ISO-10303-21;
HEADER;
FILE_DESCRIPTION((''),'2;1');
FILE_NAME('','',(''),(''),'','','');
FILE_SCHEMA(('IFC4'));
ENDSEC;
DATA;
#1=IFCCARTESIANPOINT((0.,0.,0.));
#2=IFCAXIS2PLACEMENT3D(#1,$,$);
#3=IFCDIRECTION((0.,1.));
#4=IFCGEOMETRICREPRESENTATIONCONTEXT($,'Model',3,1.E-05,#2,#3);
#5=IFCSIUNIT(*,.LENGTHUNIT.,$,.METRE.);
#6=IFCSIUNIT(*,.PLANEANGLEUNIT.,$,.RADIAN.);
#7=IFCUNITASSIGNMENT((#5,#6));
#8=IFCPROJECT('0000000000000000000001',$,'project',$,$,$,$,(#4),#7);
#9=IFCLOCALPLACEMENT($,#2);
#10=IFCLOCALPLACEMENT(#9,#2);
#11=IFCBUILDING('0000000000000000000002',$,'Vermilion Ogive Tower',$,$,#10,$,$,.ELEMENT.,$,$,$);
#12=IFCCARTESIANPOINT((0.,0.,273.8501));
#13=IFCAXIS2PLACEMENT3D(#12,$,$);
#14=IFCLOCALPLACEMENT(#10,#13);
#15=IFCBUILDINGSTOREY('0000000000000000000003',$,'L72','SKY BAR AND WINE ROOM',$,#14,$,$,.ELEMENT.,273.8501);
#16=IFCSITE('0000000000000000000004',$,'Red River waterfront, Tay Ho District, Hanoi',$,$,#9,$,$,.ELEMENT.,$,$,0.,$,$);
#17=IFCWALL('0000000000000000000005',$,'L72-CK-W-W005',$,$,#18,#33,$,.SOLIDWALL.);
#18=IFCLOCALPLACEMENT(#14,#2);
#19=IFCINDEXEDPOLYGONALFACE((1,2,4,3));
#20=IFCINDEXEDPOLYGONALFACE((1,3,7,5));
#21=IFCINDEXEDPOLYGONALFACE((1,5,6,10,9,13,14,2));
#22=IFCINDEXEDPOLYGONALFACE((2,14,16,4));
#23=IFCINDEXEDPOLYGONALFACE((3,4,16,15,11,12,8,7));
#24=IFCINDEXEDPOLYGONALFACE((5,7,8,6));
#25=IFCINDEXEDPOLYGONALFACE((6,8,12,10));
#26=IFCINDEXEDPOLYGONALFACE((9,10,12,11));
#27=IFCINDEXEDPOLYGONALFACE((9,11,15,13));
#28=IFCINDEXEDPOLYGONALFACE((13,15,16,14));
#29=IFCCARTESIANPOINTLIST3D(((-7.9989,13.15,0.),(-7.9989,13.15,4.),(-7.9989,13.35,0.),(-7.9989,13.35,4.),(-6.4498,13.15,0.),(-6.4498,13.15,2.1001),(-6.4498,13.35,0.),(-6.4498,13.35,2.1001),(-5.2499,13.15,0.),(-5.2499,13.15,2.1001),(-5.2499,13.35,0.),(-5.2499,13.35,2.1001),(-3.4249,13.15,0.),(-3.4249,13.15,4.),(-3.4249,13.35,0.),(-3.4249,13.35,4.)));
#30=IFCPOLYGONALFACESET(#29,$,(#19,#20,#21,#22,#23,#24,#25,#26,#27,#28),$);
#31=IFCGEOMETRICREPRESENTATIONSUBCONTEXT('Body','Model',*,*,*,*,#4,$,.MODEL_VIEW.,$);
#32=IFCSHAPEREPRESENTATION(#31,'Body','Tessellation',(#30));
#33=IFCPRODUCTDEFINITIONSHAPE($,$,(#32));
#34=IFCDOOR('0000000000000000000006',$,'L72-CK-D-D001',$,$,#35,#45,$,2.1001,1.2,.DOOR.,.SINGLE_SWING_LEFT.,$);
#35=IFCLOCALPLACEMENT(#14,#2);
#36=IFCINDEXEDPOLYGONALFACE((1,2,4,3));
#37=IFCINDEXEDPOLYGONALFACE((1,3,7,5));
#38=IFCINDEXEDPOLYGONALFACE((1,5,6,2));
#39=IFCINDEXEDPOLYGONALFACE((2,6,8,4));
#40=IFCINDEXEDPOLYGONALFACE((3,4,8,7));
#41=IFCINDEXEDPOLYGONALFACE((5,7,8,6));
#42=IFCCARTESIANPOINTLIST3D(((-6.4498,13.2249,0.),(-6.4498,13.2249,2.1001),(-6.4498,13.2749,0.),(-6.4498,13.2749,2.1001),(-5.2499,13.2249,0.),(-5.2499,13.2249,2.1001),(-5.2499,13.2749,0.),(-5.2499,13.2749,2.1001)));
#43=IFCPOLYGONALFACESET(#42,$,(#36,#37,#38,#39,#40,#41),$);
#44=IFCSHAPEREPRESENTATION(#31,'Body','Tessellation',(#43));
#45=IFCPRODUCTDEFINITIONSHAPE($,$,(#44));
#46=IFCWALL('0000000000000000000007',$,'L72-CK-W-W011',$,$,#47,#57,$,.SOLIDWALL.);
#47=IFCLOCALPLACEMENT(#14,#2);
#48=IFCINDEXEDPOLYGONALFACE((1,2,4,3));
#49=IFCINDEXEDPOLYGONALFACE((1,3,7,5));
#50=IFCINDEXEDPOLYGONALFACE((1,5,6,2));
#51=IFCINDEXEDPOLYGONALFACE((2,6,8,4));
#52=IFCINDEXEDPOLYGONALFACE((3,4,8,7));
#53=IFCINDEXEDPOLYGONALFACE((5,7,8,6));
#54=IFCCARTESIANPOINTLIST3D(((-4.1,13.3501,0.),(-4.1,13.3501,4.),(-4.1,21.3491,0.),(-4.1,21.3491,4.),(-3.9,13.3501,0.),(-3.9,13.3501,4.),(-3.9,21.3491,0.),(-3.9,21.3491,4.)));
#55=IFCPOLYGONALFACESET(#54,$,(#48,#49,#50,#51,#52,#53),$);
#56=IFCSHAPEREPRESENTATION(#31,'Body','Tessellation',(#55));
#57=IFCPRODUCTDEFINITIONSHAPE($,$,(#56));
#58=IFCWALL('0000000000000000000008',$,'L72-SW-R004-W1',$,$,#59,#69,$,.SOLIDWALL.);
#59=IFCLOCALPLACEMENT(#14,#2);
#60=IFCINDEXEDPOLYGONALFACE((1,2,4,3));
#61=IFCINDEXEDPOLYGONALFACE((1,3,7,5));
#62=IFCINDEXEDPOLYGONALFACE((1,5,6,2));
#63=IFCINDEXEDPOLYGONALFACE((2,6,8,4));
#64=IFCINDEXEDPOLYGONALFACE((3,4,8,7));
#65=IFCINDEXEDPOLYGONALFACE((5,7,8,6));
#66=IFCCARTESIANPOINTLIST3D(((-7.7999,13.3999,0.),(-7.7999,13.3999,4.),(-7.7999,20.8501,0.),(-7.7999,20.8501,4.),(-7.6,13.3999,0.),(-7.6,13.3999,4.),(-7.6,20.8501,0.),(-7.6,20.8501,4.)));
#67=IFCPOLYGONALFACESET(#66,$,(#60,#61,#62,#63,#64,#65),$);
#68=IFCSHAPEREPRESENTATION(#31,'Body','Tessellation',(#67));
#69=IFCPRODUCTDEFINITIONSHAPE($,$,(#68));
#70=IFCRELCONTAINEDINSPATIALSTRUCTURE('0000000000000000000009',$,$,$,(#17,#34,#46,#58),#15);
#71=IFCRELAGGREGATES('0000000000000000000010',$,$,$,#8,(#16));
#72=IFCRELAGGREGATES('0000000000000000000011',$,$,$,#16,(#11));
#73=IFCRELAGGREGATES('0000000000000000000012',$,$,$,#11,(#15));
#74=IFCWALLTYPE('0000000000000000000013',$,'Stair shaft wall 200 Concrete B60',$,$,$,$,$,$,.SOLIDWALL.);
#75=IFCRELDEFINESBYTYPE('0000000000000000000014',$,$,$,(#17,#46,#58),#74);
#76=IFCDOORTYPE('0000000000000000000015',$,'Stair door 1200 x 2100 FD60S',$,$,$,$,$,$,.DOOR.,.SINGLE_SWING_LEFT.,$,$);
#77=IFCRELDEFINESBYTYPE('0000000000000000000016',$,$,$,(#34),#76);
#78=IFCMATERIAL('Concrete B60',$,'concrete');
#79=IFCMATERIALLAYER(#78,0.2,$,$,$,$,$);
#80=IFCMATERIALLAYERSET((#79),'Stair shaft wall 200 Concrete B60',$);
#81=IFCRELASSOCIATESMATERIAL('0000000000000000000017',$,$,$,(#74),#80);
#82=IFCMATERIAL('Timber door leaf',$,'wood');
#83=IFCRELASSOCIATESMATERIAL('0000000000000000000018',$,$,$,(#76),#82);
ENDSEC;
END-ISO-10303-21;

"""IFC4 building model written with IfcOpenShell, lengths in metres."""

from ifc_helpers import new_model, si_unit, direction, frame, frame_2d, origin, place, context, subcontext, project, spatial, rectangle, extrude, material, layer, layer_set, type_object, element, fill, save


model = new_model("IFC4")

# Units and contexts
model_context = context("Model", 3, precision=1e-05, world=origin(), true_north=direction((0.0, 1.0)))
body_context = subcontext(model_context, "Body", "Model", "MODEL_VIEW")
ifc_project = project(units=[si_unit("LENGTHUNIT", "METRE"), si_unit("PLANEANGLEUNIT", "RADIAN")], contexts=[model_context])

# Site, building, storey
site_placement = place(None, origin())
site = spatial("IfcSite", under=ifc_project, at=site_placement, Name="Red River waterfront, Tay Ho District, Hanoi", CompositionType="ELEMENT", RefElevation=0.0)
building_placement = place(site_placement, origin())
building = spatial("IfcBuilding", under=site, at=building_placement, Name="Vermilion Ogive Tower", CompositionType="ELEMENT")
storey_placement = place(building_placement, frame((0.0, 0.0, 273.8501)))
storey = spatial("IfcBuildingStorey", under=building, at=storey_placement, Name="L72", Description="SKY BAR AND WINE ROOM", CompositionType="ELEMENT", Elevation=273.8501)

# Wall, opening, door
ifc_material_1 = material(Name="Concrete B60", Category="concrete")
ifc_layer_1 = layer(ifc_material_1, 0.2)
ifc_layer_set_1 = layer_set([ifc_layer_1], Name="Stair shaft wall 200 Concrete B60")
wall_type_1 = type_object("IfcWallType", Name="Stair shaft wall 200 Concrete B60", PredefinedType="SOLIDWALL", material=ifc_layer_set_1)
wall_1_placement = place(storey_placement, frame((-7.999, 13.25, 0.0), z_axis=(0.0, 0.0, 1.0), x_axis=(1.0, 0.0, 0.0)))
wall_1 = element("IfcWall", 1, at=wall_1_placement, inside=storey, type_object=wall_type_1, Name="L72-CK-W-W005", PredefinedType="SOLIDWALL", context=body_context, shape_type="SweptSolid", body=[
    extrude(rectangle(XDim=4.574, YDim=0.2, at=frame_2d((2.2871, 0.0))), origin(), (0.0, 0.0, 1.0), 4.0),
])
opening_1_placement = place(wall_1_placement, frame((1.5491, 0.0, 0.0)))
opening_1 = element("IfcOpeningElement", 2, at=opening_1_placement, cuts=wall_1, PredefinedType="OPENING", context=body_context, shape_type="SweptSolid", body=[
    extrude(rectangle(XDim=1.2, YDim=2.1001, at=frame_2d((0.6001, 1.05))), frame((0.0, 0.1099, 0.0), z_axis=(0.0, -1.0, 0.0), x_axis=(1.0, 0.0, 0.0)), (0.0, 0.0, 1.0), 0.22),
])
ifc_material_2 = material(Name="Timber door leaf", Category="wood")
door_type_1 = type_object("IfcDoorType", Name="Stair door 1200 x 2100 FD60S", OperationType="SINGLE_SWING_LEFT", PredefinedType="DOOR", material=ifc_material_2)
door_1_placement = place(opening_1_placement, origin())
door_1 = element("IfcDoor", 3, at=door_1_placement, inside=storey, type_object=door_type_1, Name="L72-CK-D-D001", OperationType="SINGLE_SWING_LEFT", OverallHeight=2.1001, OverallWidth=1.2, PredefinedType="DOOR", context=body_context, shape_type="SweptSolid", body=[
    extrude(rectangle(XDim=1.2, YDim=2.1001, at=frame_2d((0.6001, 1.05))), frame((0.0, 0.0249, 0.0), z_axis=(0.0, -1.0, 0.0), x_axis=(1.0, 0.0, 0.0)), (0.0, 0.0, 1.0), 0.05),
])
fill(opening_1, door_1)

# Walls
wall_2_placement = place(storey_placement, frame((-4.0, 13.3501, 0.0), z_axis=(0.0, 0.0, 1.0), x_axis=(0.0, 1.0, 0.0)))
element("IfcWall", 4, at=wall_2_placement, inside=storey, type_object=wall_type_1, Name="L72-CK-W-W011", PredefinedType="SOLIDWALL", context=body_context, shape_type="SweptSolid", body=[
    extrude(rectangle(XDim=7.999, YDim=0.2, at=frame_2d((3.9995, 0.0))), origin(), (0.0, 0.0, 1.0), 4.0),
])
wall_3_placement = place(storey_placement, frame((-7.7, 13.3999, 0.0), z_axis=(0.0, 0.0, 1.0), x_axis=(0.0, 1.0, 0.0)))
element("IfcWall", 5, at=wall_3_placement, inside=storey, type_object=wall_type_1, Name="L72-SW-R004-W1", PredefinedType="SOLIDWALL", context=body_context, shape_type="SweptSolid", body=[
    extrude(rectangle(XDim=7.4502, YDim=0.2, at=frame_2d((3.7251, 0.0))), origin(), (0.0, 0.0, 1.0), 4.0),
])

save(model, "model.ifc")
